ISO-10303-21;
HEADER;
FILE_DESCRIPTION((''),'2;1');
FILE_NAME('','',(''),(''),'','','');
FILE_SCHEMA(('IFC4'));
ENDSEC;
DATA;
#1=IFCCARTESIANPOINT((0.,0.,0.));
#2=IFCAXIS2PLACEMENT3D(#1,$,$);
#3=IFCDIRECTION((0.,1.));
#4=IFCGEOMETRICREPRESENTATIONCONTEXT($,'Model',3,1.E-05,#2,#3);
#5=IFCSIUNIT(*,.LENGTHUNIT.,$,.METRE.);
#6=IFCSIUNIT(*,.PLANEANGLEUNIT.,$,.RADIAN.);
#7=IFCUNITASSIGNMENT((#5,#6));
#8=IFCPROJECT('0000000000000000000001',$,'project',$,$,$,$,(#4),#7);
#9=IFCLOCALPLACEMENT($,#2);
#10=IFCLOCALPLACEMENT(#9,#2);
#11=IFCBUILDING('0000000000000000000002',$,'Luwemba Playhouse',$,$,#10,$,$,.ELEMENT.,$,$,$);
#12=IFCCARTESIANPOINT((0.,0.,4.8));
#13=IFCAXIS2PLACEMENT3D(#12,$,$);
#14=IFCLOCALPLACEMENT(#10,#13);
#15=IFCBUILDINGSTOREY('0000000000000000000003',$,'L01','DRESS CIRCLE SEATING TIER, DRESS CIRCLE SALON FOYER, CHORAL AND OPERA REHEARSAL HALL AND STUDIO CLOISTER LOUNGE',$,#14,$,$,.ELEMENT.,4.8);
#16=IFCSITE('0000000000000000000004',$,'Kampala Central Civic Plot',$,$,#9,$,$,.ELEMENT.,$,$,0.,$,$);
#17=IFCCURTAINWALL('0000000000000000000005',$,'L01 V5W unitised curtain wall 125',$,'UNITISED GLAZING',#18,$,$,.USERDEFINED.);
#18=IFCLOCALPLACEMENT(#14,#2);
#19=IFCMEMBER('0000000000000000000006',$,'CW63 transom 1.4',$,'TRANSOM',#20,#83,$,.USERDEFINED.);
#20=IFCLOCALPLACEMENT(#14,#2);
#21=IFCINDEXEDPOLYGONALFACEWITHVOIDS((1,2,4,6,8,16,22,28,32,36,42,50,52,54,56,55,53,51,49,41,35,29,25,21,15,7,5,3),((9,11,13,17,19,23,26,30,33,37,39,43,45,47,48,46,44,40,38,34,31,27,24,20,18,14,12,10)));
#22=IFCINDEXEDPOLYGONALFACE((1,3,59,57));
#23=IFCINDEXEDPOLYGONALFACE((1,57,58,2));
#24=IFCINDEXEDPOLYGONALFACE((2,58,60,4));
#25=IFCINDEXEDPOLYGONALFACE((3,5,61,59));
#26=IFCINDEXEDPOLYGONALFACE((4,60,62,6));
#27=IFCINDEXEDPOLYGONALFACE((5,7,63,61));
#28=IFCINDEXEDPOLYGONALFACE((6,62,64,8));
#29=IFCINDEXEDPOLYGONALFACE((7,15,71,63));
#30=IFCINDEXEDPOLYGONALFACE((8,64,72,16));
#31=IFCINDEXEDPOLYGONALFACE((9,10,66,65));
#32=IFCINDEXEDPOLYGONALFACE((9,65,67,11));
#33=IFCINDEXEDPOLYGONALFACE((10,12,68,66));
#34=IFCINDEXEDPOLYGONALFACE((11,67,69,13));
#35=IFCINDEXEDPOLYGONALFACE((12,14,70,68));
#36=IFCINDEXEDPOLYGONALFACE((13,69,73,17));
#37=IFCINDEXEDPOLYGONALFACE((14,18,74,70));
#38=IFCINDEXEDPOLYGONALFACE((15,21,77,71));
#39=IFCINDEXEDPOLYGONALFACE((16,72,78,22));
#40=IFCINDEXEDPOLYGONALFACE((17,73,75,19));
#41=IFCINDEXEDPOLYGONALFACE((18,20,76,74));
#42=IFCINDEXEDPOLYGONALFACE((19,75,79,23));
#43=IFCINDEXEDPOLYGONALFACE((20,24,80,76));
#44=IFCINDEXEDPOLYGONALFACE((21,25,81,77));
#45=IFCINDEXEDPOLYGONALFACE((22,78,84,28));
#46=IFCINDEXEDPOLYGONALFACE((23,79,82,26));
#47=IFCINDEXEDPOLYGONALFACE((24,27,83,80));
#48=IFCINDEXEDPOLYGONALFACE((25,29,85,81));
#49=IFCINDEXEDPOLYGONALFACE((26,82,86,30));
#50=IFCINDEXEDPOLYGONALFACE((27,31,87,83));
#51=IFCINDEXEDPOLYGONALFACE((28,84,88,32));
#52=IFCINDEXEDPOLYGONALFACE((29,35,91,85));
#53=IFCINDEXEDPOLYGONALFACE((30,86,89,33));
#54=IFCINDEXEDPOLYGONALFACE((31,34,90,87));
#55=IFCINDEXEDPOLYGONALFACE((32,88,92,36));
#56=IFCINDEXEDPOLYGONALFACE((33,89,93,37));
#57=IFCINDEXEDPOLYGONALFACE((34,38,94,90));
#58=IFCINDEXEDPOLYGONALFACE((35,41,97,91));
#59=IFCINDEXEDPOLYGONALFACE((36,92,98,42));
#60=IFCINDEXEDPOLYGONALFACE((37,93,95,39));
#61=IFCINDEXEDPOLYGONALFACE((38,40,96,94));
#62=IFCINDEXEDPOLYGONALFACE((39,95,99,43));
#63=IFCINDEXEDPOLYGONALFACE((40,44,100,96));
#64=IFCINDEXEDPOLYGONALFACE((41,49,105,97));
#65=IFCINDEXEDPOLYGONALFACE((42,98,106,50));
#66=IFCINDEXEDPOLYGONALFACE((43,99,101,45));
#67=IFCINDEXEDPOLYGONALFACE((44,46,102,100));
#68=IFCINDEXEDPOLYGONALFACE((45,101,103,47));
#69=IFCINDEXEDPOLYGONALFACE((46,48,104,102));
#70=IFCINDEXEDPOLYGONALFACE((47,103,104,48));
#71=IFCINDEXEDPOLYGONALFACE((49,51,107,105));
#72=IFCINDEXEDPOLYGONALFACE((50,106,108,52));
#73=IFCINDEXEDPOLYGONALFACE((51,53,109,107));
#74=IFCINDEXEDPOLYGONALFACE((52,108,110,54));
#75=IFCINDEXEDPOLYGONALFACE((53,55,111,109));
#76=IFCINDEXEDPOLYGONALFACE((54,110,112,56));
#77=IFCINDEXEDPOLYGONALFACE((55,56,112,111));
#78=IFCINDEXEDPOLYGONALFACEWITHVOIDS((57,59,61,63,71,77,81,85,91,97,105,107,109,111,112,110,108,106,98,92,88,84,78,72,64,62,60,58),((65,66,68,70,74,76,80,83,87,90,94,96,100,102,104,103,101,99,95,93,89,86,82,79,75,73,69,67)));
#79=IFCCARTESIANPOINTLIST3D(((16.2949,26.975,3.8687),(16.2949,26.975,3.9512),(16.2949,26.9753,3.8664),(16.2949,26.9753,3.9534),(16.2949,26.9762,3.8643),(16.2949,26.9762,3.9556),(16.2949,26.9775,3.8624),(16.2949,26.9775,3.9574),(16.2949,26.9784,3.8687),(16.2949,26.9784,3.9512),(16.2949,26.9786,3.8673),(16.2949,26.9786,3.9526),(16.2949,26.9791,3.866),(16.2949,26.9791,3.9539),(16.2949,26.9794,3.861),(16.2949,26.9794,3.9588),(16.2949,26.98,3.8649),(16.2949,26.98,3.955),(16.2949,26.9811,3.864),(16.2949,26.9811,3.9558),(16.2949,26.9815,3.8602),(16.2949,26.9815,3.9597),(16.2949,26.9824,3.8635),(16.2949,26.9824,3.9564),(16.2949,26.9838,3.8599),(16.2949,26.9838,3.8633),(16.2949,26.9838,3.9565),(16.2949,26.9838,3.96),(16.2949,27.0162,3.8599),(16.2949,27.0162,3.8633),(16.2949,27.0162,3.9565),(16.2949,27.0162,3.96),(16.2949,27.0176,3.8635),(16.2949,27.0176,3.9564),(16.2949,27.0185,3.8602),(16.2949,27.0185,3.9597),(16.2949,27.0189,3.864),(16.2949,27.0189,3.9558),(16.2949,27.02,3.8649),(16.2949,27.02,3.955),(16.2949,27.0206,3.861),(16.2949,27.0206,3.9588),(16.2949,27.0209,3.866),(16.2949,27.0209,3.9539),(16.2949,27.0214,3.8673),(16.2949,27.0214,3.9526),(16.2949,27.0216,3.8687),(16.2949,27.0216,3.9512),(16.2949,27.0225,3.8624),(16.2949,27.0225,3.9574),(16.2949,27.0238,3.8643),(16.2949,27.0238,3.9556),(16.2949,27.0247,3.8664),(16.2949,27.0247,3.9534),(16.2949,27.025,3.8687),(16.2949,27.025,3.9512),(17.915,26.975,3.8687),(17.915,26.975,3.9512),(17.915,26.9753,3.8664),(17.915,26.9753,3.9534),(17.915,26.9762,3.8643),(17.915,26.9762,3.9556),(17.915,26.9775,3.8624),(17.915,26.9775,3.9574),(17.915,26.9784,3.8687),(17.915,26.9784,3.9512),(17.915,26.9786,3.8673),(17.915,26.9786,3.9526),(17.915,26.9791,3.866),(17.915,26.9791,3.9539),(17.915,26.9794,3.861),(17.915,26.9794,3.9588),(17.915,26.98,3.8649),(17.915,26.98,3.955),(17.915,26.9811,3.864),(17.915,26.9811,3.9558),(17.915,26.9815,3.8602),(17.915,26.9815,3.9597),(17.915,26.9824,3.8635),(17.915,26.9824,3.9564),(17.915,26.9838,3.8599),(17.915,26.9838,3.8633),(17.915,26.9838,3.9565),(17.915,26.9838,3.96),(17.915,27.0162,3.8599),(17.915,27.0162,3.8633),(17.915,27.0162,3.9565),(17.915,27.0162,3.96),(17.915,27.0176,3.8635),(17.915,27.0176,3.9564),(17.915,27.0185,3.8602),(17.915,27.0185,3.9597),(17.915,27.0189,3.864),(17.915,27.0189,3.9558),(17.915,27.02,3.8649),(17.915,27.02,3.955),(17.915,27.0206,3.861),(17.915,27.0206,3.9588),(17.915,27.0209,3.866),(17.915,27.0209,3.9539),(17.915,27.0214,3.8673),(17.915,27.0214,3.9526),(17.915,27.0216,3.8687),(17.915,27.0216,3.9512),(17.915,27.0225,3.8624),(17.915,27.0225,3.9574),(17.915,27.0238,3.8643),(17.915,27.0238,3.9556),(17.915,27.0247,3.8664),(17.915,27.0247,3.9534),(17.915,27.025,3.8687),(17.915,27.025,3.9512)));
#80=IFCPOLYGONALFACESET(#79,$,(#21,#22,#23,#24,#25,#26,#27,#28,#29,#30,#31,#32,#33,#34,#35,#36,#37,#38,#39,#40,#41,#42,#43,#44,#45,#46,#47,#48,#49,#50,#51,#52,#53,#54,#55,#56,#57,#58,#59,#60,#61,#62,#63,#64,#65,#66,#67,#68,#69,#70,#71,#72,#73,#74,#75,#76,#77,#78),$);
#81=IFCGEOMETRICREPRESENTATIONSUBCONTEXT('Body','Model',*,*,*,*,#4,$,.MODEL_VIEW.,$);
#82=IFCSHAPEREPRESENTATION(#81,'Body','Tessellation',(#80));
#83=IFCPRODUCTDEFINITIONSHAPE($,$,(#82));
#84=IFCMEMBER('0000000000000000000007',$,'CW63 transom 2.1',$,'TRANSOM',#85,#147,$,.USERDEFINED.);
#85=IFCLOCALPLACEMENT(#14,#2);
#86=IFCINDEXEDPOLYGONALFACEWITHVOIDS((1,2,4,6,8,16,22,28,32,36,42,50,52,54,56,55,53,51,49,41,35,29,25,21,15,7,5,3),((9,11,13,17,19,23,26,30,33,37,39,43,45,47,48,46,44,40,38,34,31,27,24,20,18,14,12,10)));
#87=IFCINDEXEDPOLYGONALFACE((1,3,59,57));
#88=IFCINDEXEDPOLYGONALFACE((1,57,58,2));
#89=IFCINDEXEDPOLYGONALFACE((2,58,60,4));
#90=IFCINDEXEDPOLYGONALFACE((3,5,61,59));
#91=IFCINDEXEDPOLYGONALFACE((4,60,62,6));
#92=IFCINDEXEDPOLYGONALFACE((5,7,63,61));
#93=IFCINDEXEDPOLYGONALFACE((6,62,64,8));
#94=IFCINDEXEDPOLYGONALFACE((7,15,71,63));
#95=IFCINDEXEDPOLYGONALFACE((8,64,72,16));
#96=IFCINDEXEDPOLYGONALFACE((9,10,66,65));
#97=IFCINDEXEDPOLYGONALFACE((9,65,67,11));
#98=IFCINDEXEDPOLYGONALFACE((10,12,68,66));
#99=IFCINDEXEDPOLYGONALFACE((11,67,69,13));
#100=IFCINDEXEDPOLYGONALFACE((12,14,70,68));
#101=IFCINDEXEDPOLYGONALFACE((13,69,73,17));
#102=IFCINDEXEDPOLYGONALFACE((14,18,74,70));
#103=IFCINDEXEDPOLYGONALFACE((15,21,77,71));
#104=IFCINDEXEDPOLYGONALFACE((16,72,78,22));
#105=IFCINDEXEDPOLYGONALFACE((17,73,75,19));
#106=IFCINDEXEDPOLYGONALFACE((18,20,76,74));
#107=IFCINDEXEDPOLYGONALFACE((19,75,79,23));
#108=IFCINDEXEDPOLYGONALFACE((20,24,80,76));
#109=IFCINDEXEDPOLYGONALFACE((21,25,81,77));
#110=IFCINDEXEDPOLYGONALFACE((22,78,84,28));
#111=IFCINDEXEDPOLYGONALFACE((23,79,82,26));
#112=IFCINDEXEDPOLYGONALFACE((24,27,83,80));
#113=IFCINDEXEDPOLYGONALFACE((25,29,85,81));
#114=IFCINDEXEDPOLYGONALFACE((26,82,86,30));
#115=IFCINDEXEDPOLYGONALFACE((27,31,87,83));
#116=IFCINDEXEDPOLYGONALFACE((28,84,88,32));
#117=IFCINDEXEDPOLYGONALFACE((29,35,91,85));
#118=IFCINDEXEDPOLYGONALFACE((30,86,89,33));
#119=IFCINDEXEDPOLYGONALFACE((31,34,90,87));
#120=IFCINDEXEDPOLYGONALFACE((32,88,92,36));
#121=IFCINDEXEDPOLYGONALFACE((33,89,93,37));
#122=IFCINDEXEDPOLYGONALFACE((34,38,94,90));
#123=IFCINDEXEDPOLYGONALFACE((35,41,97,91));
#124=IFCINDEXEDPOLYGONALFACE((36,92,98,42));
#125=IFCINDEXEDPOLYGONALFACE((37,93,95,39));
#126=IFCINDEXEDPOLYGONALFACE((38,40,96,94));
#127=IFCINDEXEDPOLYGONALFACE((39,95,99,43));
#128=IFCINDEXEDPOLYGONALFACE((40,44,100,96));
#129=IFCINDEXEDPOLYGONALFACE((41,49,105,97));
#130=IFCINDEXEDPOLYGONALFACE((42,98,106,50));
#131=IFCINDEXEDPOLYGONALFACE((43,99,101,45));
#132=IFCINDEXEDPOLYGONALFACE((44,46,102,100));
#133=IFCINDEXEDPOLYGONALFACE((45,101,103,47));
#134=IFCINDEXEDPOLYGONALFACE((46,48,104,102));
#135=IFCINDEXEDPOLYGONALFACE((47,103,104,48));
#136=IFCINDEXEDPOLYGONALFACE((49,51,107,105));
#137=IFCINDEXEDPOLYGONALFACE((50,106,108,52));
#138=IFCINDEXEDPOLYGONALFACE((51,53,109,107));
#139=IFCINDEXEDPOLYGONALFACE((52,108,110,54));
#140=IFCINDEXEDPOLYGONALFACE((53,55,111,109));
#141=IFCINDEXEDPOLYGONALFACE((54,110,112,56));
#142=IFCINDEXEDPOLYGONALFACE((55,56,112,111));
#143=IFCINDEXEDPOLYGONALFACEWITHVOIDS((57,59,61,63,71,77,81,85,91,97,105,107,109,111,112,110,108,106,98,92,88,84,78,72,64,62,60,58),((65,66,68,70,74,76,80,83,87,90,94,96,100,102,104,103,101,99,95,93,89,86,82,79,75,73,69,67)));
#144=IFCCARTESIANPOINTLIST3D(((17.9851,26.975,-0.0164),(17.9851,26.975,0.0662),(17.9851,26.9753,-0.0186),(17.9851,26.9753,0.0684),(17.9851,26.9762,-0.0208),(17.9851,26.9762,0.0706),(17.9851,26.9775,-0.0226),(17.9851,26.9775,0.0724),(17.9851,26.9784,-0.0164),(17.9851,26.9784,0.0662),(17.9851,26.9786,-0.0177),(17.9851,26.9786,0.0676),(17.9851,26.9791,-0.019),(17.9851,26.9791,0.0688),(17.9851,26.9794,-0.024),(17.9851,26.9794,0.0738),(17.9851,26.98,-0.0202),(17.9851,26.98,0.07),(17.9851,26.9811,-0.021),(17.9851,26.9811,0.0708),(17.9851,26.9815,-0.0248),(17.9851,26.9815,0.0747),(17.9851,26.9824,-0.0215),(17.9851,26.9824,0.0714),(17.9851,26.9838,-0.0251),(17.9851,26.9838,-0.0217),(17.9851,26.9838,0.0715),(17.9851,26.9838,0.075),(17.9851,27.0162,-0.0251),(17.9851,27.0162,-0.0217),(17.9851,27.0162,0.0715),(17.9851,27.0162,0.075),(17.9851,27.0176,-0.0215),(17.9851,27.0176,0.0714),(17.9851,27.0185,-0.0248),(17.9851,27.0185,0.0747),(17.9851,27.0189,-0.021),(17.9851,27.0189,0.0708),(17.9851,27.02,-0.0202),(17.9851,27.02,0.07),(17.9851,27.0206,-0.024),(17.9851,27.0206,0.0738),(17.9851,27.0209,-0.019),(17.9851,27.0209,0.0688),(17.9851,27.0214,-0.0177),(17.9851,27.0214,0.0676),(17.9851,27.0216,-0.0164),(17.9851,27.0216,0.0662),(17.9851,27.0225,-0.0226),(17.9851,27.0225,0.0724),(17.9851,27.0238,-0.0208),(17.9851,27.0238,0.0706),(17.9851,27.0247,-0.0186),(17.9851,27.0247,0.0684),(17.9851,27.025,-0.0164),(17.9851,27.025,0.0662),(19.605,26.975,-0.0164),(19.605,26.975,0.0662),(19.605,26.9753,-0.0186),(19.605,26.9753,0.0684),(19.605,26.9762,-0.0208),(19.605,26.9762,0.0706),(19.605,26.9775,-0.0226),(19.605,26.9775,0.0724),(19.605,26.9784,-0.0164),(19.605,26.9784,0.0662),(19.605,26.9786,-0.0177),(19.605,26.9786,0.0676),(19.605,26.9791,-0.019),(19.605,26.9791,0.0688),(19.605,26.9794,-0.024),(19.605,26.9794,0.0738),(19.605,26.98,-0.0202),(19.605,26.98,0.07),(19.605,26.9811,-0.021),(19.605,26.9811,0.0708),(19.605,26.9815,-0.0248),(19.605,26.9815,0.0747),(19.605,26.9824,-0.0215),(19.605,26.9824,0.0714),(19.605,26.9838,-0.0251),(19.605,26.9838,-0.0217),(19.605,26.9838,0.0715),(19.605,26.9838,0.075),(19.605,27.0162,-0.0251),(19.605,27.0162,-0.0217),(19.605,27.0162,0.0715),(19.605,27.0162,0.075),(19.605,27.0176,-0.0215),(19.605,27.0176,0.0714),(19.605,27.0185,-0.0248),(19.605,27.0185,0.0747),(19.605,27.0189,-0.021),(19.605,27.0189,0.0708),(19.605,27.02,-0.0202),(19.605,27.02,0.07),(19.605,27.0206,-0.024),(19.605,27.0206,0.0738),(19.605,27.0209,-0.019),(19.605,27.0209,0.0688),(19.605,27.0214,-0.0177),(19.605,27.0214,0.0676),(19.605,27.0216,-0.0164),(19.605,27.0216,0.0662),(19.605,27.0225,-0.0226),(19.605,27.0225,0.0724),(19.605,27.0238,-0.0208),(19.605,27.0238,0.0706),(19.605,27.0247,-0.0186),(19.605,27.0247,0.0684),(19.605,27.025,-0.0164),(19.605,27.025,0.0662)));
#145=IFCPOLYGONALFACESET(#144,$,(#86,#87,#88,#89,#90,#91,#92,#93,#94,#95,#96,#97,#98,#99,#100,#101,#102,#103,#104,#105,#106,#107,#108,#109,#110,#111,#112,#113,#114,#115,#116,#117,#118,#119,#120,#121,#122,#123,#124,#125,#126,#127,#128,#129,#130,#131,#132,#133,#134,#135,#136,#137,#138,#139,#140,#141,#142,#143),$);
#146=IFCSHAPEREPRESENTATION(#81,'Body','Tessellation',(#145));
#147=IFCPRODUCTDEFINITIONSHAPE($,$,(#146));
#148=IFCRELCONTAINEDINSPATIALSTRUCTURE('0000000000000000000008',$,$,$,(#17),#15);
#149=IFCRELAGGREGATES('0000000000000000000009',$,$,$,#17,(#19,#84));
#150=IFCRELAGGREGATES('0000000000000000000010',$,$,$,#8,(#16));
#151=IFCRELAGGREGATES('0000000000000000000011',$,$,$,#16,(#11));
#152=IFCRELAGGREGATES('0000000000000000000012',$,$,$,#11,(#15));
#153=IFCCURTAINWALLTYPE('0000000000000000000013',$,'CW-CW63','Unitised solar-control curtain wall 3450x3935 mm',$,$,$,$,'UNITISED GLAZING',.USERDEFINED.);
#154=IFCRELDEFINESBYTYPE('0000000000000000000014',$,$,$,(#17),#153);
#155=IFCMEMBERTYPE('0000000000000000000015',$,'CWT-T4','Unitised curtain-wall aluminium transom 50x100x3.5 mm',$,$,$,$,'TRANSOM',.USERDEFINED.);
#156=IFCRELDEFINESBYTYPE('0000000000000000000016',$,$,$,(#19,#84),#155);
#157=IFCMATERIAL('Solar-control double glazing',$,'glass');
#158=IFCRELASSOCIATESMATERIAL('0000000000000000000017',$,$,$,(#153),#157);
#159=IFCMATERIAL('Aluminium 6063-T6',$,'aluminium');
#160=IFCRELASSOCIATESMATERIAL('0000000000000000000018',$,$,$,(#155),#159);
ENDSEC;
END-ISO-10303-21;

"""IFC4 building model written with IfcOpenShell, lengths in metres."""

from ifc_helpers import new_model, si_unit, direction, frame, origin, origin_2d, place, context, subcontext, project, spatial, hollow_rectangle, extrude, material, material_profile, profile_set, type_object, element, aggregate, save


model = new_model("IFC4")

# Units and contexts
model_context = context("Model", 3, precision=1e-05, world=origin(), true_north=direction((0.0, 1.0)))
body_context = subcontext(model_context, "Body", "Model", "MODEL_VIEW")
ifc_project = project(units=[si_unit("LENGTHUNIT", "METRE"), si_unit("PLANEANGLEUNIT", "RADIAN")], contexts=[model_context])

# Site, building, storey
site_placement = place(None, origin())
site = spatial("IfcSite", under=ifc_project, at=site_placement, Name="Kampala Central Civic Plot", CompositionType="ELEMENT", RefElevation=0.0)
building_placement = place(site_placement, origin())
building = spatial("IfcBuilding", under=site, at=building_placement, Name="Luwemba Playhouse", CompositionType="ELEMENT")
storey_placement = place(building_placement, frame((0.0, 0.0, 4.8)))
storey = spatial("IfcBuildingStorey", under=building, at=storey_placement, Name="L01", Description="DRESS CIRCLE SEATING TIER, DRESS CIRCLE SALON FOYER, CHORAL AND OPERA REHEARSAL HALL AND STUDIO CLOISTER LOUNGE", CompositionType="ELEMENT", Elevation=4.8)

# Curtain wall
ifc_material_1 = material(Name="Solar-control double glazing", Category="glass")
ifc_material_2 = material(Name="Aluminium 6063-T6", Category="aluminium")
curtain_wall_type_1 = type_object("IfcCurtainWallType", Name="CW-CW63", Description="Unitised solar-control curtain wall 3450x3935 mm", ElementType="UNITISED GLAZING", PredefinedType="USERDEFINED", material=ifc_material_1)
curtain_wall_1_placement = place(storey_placement, origin())
curtain_wall_1 = element("IfcCurtainWall", 1, at=curtain_wall_1_placement, inside=storey, type_object=curtain_wall_type_1, Name="L01 V5W unitised curtain wall 125", ObjectType="UNITISED GLAZING", PredefinedType="USERDEFINED")

# Members
ifc_material_profile_1 = material_profile(ifc_material_2, hollow_rectangle(XDim=0.05, YDim=0.1001, WallThickness=0.0034, InnerFilletRadius=0.0054, OuterFilletRadius=0.0088, at=origin_2d()))
ifc_profile_set_1 = profile_set([ifc_material_profile_1], Name="Aluminium 6063-T6")
member_type_1 = type_object("IfcMemberType", Name="CWT-T4", Description="Unitised curtain-wall aluminium transom 50x100x3.5 mm", ElementType="TRANSOM", PredefinedType="USERDEFINED", material=ifc_profile_set_1)
member_1_placement = place(storey_placement, frame((16.2949, 27.0, 3.9099), z_axis=(1.0, 0.0, 0.0), x_axis=(0.0, 1.0, 0.0)))
member_1 = element("IfcMember", 2, at=member_1_placement, type_object=member_type_1, Name="CW63 transom 1.4", ObjectType="TRANSOM", PredefinedType="USERDEFINED", context=body_context, shape_type="SweptSolid", body=[
    extrude(hollow_rectangle(XDim=0.05, YDim=0.1001, WallThickness=0.0034, InnerFilletRadius=0.0054, OuterFilletRadius=0.0088, at=origin_2d()), origin(), (0.0, 0.0, 1.0), 1.6201),
])
member_2_placement = place(storey_placement, frame((17.9851, 27.0, 0.0249), z_axis=(1.0, 0.0, 0.0), x_axis=(0.0, 1.0, 0.0)))
member_2 = element("IfcMember", 3, at=member_2_placement, type_object=member_type_1, Name="CW63 transom 2.1", ObjectType="TRANSOM", PredefinedType="USERDEFINED", context=body_context, shape_type="SweptSolid", body=[
    extrude(hollow_rectangle(XDim=0.05, YDim=0.1001, WallThickness=0.0034, InnerFilletRadius=0.0054, OuterFilletRadius=0.0088, at=origin_2d()), origin(), (0.0, 0.0, 1.0), 1.6199),
])

aggregate(curtain_wall_1, [member_1, member_2])

save(model, "model.ifc")
